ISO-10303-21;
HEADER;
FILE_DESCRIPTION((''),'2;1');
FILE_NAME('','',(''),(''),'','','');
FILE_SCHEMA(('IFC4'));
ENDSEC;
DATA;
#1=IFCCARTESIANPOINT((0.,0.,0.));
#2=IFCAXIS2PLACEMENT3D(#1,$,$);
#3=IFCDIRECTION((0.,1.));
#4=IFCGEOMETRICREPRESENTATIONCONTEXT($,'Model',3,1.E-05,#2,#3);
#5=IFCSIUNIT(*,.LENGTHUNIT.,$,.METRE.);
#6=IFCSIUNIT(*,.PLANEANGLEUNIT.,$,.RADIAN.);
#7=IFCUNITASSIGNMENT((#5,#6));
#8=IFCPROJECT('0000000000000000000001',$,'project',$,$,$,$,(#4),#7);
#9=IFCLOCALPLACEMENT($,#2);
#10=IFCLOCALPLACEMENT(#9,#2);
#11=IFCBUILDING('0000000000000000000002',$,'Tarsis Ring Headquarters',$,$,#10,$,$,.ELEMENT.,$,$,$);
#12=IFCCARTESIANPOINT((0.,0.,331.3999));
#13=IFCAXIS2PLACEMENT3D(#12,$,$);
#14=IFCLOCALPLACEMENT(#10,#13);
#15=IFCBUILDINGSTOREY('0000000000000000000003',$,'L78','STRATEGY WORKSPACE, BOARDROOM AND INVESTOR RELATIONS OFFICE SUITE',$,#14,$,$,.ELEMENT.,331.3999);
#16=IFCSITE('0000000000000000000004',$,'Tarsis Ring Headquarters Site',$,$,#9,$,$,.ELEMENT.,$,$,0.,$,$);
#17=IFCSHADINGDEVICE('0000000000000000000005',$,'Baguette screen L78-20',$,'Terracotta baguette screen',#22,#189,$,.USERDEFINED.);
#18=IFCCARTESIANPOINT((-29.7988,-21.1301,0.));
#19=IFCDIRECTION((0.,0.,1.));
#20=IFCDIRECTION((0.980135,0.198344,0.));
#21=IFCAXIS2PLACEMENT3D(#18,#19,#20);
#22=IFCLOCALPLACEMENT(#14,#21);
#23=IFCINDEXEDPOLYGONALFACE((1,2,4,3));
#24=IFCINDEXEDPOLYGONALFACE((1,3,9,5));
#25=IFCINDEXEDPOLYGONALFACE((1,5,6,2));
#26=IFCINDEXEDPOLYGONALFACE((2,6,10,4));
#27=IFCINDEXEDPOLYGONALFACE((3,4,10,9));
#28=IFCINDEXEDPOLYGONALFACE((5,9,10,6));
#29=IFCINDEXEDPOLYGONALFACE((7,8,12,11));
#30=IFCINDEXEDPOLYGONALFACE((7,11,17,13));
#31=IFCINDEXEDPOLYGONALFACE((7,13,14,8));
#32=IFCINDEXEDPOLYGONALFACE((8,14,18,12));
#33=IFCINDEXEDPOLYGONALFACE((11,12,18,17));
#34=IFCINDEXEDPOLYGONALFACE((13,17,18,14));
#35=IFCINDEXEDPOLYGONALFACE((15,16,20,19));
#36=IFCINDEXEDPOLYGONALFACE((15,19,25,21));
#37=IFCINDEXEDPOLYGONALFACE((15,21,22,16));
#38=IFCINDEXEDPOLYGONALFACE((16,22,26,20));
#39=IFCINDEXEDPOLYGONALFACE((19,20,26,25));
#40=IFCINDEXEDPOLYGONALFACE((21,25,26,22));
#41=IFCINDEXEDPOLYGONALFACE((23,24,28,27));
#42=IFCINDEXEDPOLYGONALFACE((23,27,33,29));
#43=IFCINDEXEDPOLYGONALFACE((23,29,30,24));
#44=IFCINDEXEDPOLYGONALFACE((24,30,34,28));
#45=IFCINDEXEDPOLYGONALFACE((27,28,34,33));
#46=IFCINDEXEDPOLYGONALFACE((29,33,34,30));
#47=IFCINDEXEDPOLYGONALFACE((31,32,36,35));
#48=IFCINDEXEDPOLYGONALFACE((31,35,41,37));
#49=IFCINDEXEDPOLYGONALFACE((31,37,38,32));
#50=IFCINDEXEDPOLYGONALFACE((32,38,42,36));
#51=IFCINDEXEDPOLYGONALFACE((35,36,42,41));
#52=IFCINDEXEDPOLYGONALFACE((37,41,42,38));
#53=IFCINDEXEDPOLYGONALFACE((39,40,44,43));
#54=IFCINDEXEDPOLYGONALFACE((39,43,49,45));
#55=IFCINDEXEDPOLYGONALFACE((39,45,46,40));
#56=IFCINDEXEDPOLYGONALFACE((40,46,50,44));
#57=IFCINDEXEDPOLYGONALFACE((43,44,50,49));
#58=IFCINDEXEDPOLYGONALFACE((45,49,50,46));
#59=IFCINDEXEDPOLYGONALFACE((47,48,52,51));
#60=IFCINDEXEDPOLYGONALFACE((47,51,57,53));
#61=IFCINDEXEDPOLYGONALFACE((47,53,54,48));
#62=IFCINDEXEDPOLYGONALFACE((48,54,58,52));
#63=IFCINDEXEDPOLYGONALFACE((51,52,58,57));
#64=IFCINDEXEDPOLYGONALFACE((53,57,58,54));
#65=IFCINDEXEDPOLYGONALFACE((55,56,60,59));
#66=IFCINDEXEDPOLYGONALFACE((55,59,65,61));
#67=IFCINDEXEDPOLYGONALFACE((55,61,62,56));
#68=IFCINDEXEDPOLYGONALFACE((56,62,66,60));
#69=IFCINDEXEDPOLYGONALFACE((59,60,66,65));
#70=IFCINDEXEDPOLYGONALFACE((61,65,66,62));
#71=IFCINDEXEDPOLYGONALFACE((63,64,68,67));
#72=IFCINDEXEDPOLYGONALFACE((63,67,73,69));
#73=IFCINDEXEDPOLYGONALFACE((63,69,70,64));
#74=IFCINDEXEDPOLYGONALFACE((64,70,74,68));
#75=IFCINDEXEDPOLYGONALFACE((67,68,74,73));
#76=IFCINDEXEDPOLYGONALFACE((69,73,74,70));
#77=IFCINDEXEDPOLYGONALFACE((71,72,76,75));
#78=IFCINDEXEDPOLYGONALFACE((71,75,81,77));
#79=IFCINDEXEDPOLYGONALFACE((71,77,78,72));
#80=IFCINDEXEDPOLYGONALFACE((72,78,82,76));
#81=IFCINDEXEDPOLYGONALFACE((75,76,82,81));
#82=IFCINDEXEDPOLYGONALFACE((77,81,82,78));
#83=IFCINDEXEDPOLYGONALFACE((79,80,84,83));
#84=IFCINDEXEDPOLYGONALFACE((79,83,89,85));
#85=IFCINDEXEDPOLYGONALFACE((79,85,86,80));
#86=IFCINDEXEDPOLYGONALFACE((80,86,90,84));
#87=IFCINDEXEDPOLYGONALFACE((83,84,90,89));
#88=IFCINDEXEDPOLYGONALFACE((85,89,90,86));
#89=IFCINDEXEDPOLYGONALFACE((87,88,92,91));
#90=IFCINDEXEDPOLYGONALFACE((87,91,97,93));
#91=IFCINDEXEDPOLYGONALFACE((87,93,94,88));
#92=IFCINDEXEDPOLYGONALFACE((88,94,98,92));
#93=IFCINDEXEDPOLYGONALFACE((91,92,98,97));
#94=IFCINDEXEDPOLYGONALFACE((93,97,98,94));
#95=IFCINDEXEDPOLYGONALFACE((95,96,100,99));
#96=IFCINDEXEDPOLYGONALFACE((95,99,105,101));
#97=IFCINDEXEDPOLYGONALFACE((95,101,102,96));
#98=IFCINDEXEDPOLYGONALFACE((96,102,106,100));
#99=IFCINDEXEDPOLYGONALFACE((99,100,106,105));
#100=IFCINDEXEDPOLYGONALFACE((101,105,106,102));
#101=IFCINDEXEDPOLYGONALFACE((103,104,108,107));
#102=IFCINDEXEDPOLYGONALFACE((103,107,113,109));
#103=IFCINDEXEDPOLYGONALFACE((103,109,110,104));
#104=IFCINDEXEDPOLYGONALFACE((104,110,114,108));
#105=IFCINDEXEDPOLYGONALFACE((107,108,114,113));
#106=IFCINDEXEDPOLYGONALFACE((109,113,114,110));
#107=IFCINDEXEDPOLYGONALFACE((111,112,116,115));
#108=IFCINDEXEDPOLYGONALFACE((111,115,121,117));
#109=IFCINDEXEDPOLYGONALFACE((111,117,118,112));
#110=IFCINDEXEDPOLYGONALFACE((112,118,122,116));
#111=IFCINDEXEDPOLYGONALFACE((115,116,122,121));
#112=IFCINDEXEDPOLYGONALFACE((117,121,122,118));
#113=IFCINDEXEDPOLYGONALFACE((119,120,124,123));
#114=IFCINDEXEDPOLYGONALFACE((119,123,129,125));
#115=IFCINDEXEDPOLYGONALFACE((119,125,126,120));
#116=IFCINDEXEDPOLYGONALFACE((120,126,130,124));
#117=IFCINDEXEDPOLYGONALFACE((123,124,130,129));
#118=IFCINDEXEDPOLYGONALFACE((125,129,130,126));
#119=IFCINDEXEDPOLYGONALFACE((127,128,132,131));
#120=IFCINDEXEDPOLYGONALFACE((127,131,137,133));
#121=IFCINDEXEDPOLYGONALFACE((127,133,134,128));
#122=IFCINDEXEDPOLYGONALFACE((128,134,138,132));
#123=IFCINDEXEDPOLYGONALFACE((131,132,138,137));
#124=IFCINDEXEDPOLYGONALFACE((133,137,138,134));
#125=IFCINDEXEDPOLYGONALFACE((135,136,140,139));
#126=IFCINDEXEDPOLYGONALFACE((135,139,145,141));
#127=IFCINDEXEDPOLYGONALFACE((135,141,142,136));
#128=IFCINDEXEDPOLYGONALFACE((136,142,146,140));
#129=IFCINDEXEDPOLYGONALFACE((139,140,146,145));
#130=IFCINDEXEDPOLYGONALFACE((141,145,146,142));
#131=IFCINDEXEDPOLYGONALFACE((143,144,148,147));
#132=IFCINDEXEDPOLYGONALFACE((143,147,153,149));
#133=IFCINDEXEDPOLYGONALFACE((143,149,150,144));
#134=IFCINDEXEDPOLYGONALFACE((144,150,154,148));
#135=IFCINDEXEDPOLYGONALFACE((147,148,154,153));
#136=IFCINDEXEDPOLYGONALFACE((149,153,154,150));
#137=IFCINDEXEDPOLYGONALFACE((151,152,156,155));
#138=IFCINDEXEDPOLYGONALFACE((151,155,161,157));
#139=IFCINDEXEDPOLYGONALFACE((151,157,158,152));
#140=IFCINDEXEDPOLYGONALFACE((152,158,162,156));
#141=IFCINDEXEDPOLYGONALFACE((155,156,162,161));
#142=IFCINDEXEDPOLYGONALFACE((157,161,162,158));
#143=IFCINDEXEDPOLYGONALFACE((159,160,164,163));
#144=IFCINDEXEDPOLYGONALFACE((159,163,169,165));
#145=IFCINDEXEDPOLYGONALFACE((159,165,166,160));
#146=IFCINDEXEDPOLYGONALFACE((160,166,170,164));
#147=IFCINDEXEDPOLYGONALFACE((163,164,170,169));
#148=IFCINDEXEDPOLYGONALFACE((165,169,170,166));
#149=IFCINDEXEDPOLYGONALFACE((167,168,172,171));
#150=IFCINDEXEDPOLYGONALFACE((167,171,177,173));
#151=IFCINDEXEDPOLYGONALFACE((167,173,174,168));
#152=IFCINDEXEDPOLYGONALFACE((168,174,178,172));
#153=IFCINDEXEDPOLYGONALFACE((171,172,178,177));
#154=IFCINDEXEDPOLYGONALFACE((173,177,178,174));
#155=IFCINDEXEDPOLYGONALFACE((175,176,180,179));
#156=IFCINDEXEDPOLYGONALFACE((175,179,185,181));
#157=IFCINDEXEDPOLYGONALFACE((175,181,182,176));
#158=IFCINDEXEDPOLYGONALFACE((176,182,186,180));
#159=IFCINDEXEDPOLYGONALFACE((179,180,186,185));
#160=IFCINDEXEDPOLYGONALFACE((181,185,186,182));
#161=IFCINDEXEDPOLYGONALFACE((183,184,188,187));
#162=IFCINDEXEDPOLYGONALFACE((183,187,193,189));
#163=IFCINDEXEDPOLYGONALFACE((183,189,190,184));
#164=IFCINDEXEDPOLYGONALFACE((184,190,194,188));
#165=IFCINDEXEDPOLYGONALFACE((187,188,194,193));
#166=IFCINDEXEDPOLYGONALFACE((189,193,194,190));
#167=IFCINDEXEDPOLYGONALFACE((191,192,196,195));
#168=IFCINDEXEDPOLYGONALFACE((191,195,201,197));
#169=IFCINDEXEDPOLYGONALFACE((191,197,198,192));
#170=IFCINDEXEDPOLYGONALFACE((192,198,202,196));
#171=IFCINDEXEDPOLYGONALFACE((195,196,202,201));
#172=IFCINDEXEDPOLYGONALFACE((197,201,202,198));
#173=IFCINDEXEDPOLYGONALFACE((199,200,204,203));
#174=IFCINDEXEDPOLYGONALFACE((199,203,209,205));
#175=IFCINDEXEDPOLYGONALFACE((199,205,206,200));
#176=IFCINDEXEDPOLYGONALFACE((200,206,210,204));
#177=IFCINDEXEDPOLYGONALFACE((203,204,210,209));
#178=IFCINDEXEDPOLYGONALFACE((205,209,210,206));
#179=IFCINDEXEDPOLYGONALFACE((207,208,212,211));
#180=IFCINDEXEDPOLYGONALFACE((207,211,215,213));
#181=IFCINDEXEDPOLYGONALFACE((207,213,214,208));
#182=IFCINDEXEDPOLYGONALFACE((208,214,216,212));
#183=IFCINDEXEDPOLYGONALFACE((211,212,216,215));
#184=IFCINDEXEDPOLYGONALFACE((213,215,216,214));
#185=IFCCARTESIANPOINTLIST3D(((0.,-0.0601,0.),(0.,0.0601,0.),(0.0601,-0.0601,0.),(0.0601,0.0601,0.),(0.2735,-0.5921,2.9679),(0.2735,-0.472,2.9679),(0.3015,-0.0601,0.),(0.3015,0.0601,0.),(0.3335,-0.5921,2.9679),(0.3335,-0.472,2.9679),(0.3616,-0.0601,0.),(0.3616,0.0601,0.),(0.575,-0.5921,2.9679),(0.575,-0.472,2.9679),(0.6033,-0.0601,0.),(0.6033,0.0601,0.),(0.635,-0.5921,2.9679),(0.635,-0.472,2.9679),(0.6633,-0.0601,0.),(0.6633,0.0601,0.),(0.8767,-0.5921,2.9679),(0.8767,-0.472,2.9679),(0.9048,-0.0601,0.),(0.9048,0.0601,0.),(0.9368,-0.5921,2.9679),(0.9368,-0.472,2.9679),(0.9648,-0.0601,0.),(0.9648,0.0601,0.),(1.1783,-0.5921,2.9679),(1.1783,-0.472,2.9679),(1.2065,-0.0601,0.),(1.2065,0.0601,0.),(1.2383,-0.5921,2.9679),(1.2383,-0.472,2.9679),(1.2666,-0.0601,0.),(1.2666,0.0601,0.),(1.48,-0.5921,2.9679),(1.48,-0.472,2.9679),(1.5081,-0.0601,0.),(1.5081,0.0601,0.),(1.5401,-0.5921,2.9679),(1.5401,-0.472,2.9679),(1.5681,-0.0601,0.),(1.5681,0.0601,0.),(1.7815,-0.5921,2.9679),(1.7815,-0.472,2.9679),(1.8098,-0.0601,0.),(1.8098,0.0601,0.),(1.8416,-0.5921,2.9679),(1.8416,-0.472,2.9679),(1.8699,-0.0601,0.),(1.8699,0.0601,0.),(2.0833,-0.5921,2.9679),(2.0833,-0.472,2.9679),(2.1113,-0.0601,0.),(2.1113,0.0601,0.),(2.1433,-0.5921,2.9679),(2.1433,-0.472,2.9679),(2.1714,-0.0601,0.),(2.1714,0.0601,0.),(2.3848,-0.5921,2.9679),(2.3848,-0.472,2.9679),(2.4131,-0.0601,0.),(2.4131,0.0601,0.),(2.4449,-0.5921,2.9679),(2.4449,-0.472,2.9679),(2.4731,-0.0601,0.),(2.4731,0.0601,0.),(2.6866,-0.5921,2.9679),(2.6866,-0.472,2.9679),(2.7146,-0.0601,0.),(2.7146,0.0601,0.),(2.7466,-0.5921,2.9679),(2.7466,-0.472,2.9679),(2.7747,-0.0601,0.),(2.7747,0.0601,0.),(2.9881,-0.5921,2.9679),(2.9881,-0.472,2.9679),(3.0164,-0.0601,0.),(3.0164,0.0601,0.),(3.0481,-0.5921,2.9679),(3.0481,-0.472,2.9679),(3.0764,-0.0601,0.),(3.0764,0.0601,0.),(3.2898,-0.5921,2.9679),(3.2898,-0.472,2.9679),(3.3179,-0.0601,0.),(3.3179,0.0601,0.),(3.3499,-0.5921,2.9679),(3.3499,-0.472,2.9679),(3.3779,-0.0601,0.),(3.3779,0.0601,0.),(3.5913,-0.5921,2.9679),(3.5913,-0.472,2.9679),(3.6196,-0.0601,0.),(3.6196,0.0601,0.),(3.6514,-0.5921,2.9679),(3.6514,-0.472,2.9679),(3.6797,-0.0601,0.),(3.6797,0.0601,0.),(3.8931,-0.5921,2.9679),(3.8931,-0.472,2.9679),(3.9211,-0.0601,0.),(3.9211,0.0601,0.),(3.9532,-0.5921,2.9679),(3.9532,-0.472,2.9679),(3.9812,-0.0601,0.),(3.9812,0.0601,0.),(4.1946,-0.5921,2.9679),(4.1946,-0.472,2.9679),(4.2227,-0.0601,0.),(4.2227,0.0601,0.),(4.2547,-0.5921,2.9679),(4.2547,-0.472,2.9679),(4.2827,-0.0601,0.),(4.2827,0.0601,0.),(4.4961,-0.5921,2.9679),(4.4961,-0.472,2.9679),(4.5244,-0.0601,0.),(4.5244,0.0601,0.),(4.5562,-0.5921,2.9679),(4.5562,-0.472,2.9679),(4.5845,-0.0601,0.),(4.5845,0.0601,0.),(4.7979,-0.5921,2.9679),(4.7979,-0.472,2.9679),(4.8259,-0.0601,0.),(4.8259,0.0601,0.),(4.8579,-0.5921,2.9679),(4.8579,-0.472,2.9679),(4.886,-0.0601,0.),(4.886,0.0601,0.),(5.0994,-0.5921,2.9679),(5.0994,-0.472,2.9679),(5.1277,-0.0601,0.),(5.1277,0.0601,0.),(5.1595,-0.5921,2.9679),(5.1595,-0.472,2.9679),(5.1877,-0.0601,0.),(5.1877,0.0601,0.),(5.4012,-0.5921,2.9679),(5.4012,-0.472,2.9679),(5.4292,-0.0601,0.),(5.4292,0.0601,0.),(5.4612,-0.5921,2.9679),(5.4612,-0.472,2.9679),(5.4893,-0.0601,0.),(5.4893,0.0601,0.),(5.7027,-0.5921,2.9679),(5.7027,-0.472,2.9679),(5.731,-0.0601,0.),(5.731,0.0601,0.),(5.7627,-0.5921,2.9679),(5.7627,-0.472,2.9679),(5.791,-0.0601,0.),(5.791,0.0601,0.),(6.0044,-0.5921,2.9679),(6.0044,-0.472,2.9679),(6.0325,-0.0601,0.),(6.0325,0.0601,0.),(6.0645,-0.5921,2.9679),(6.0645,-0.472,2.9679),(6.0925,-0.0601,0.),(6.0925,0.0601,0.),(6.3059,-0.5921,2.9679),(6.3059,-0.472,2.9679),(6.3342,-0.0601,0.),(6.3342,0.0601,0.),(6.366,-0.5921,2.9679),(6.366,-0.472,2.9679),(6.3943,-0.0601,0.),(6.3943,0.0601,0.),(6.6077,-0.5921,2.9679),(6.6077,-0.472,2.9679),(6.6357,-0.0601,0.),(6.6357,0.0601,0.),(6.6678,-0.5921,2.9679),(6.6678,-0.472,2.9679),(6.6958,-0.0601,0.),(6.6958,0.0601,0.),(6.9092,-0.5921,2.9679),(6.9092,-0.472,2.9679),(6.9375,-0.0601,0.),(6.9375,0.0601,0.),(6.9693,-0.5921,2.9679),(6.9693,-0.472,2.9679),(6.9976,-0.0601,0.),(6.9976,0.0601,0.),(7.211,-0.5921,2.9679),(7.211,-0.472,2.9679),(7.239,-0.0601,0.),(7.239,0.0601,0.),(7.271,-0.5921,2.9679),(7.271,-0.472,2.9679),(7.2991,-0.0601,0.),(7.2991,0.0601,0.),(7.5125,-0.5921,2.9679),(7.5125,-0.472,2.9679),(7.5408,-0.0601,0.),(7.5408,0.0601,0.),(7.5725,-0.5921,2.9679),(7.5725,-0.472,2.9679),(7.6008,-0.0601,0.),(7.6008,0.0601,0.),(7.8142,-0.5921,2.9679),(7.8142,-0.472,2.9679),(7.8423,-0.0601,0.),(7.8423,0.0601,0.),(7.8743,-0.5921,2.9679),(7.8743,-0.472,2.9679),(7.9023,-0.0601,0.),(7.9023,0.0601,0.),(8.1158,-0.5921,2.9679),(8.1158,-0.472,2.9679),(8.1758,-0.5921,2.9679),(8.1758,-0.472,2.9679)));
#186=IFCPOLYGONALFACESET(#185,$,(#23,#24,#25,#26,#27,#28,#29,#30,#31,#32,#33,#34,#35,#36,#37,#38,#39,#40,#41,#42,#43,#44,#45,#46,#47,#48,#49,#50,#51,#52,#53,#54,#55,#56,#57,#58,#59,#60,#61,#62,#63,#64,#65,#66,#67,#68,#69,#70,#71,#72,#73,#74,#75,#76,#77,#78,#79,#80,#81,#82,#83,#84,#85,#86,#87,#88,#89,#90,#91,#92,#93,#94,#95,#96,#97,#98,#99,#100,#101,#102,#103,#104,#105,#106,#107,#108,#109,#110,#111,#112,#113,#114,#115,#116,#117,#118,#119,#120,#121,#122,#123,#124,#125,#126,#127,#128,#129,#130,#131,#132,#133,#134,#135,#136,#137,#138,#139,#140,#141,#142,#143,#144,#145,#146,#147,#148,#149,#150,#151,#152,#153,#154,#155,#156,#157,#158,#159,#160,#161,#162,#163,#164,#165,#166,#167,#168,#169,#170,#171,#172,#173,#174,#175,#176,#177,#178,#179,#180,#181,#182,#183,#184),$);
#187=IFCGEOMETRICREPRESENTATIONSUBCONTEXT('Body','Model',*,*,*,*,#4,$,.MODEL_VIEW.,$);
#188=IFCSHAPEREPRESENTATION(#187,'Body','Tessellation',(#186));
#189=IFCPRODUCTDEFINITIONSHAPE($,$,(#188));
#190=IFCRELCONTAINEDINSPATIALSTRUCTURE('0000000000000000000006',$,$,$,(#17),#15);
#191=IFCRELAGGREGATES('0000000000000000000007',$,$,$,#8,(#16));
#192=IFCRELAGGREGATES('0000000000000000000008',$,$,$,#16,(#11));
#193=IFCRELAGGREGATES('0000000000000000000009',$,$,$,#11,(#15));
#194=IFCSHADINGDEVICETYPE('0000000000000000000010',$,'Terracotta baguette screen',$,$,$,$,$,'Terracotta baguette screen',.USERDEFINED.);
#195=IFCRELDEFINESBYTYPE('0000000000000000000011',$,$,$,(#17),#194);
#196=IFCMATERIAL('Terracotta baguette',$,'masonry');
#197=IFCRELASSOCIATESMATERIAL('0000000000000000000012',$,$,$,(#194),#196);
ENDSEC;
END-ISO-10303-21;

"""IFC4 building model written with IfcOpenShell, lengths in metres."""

from ifc_helpers import new_model, si_unit, direction, frame, frame_2d, origin, place, context, subcontext, project, spatial, rectangle, composite_profile, extrude, material, type_object, element, save


model = new_model("IFC4")

# Units and contexts
model_context = context("Model", 3, precision=1e-05, world=origin(), true_north=direction((0.0, 1.0)))
body_context = subcontext(model_context, "Body", "Model", "MODEL_VIEW")
ifc_project = project(units=[si_unit("LENGTHUNIT", "METRE"), si_unit("PLANEANGLEUNIT", "RADIAN")], contexts=[model_context])

# Site, building, storey
site_placement = place(None, origin())
site = spatial("IfcSite", under=ifc_project, at=site_placement, Name="Tarsis Ring Headquarters Site", CompositionType="ELEMENT", RefElevation=0.0)
building_placement = place(site_placement, origin())
building = spatial("IfcBuilding", under=site, at=building_placement, Name="Tarsis Ring Headquarters", CompositionType="ELEMENT")
storey_placement = place(building_placement, frame((0.0, 0.0, 331.3999)))
storey = spatial("IfcBuildingStorey", under=building, at=storey_placement, Name="L78", Description="STRATEGY WORKSPACE, BOARDROOM AND INVESTOR RELATIONS OFFICE SUITE", CompositionType="ELEMENT", Elevation=331.3999)

# Shading device
ifc_material_1 = material(Name="Terracotta baguette", Category="masonry")
shading_device_type_1 = type_object("IfcShadingDeviceType", Name="Terracotta baguette screen", ElementType="Terracotta baguette screen", PredefinedType="USERDEFINED", material=ifc_material_1)
shading_device_1_placement = place(storey_placement, frame((-29.7988, -21.1301, 0.0), z_axis=(0.0, 0.0, 1.0), x_axis=(0.980135, 0.198344, 0.0)))
element("IfcShadingDevice", 1, at=shading_device_1_placement, inside=storey, type_object=shading_device_type_1, Name="Baguette screen L78-20", ObjectType="Terracotta baguette screen", PredefinedType="USERDEFINED", context=body_context, shape_type="SweptSolid", body=[
    extrude(composite_profile([rectangle(XDim=0.0601, YDim=0.1201, at=frame_2d((0.03, 0.0))), rectangle(XDim=0.0601, YDim=0.1201, at=frame_2d((0.3315, 0.0))), rectangle(XDim=0.0601, YDim=0.1201, at=frame_2d((0.6333, 0.0))), rectangle(XDim=0.0601, YDim=0.1201, at=frame_2d((0.9348, 0.0))), rectangle(XDim=0.0601, YDim=0.1201, at=frame_2d((1.2366, 0.0))), rectangle(XDim=0.0601, YDim=0.1201, at=frame_2d((1.5381, 0.0))), rectangle(XDim=0.0601, YDim=0.1201, at=frame_2d((1.8398, 0.0))), rectangle(XDim=0.0601, YDim=0.1201, at=frame_2d((2.1414, 0.0))), rectangle(XDim=0.0601, YDim=0.1201, at=frame_2d((2.4431, 0.0))), rectangle(XDim=0.0601, YDim=0.1201, at=frame_2d((2.7446, 0.0))), rectangle(XDim=0.0601, YDim=0.1201, at=frame_2d((3.0464, 0.0))), rectangle(XDim=0.0601, YDim=0.1201, at=frame_2d((3.3479, 0.0))), rectangle(XDim=0.0601, YDim=0.1201, at=frame_2d((3.6497, 0.0))), rectangle(XDim=0.0601, YDim=0.1201, at=frame_2d((3.9512, 0.0))), rectangle(XDim=0.0601, YDim=0.1201, at=frame_2d((4.2527, 0.0))), rectangle(XDim=0.0601, YDim=0.1201, at=frame_2d((4.5544, 0.0))), rectangle(XDim=0.0601, YDim=0.1201, at=frame_2d((4.856, 0.0))), rectangle(XDim=0.0601, YDim=0.1201, at=frame_2d((5.1577, 0.0))), rectangle(XDim=0.0601, YDim=0.1201, at=frame_2d((5.4592, 0.0))), rectangle(XDim=0.0601, YDim=0.1201, at=frame_2d((5.761, 0.0))), rectangle(XDim=0.0601, YDim=0.1201, at=frame_2d((6.0625, 0.0))), rectangle(XDim=0.0601, YDim=0.1201, at=frame_2d((6.3643, 0.0))), rectangle(XDim=0.0601, YDim=0.1201, at=frame_2d((6.6658, 0.0))), rectangle(XDim=0.0601, YDim=0.1201, at=frame_2d((6.9675, 0.0))), rectangle(XDim=0.0601, YDim=0.1201, at=frame_2d((7.269, 0.0))), rectangle(XDim=0.0601, YDim=0.1201, at=frame_2d((7.5708, 0.0))), rectangle(XDim=0.0601, YDim=0.1201, at=frame_2d((7.8723, 0.0)))]), origin(), (0.090325, -0.175722, 0.980287), 3.0276),
])

save(model, "model.ifc")
